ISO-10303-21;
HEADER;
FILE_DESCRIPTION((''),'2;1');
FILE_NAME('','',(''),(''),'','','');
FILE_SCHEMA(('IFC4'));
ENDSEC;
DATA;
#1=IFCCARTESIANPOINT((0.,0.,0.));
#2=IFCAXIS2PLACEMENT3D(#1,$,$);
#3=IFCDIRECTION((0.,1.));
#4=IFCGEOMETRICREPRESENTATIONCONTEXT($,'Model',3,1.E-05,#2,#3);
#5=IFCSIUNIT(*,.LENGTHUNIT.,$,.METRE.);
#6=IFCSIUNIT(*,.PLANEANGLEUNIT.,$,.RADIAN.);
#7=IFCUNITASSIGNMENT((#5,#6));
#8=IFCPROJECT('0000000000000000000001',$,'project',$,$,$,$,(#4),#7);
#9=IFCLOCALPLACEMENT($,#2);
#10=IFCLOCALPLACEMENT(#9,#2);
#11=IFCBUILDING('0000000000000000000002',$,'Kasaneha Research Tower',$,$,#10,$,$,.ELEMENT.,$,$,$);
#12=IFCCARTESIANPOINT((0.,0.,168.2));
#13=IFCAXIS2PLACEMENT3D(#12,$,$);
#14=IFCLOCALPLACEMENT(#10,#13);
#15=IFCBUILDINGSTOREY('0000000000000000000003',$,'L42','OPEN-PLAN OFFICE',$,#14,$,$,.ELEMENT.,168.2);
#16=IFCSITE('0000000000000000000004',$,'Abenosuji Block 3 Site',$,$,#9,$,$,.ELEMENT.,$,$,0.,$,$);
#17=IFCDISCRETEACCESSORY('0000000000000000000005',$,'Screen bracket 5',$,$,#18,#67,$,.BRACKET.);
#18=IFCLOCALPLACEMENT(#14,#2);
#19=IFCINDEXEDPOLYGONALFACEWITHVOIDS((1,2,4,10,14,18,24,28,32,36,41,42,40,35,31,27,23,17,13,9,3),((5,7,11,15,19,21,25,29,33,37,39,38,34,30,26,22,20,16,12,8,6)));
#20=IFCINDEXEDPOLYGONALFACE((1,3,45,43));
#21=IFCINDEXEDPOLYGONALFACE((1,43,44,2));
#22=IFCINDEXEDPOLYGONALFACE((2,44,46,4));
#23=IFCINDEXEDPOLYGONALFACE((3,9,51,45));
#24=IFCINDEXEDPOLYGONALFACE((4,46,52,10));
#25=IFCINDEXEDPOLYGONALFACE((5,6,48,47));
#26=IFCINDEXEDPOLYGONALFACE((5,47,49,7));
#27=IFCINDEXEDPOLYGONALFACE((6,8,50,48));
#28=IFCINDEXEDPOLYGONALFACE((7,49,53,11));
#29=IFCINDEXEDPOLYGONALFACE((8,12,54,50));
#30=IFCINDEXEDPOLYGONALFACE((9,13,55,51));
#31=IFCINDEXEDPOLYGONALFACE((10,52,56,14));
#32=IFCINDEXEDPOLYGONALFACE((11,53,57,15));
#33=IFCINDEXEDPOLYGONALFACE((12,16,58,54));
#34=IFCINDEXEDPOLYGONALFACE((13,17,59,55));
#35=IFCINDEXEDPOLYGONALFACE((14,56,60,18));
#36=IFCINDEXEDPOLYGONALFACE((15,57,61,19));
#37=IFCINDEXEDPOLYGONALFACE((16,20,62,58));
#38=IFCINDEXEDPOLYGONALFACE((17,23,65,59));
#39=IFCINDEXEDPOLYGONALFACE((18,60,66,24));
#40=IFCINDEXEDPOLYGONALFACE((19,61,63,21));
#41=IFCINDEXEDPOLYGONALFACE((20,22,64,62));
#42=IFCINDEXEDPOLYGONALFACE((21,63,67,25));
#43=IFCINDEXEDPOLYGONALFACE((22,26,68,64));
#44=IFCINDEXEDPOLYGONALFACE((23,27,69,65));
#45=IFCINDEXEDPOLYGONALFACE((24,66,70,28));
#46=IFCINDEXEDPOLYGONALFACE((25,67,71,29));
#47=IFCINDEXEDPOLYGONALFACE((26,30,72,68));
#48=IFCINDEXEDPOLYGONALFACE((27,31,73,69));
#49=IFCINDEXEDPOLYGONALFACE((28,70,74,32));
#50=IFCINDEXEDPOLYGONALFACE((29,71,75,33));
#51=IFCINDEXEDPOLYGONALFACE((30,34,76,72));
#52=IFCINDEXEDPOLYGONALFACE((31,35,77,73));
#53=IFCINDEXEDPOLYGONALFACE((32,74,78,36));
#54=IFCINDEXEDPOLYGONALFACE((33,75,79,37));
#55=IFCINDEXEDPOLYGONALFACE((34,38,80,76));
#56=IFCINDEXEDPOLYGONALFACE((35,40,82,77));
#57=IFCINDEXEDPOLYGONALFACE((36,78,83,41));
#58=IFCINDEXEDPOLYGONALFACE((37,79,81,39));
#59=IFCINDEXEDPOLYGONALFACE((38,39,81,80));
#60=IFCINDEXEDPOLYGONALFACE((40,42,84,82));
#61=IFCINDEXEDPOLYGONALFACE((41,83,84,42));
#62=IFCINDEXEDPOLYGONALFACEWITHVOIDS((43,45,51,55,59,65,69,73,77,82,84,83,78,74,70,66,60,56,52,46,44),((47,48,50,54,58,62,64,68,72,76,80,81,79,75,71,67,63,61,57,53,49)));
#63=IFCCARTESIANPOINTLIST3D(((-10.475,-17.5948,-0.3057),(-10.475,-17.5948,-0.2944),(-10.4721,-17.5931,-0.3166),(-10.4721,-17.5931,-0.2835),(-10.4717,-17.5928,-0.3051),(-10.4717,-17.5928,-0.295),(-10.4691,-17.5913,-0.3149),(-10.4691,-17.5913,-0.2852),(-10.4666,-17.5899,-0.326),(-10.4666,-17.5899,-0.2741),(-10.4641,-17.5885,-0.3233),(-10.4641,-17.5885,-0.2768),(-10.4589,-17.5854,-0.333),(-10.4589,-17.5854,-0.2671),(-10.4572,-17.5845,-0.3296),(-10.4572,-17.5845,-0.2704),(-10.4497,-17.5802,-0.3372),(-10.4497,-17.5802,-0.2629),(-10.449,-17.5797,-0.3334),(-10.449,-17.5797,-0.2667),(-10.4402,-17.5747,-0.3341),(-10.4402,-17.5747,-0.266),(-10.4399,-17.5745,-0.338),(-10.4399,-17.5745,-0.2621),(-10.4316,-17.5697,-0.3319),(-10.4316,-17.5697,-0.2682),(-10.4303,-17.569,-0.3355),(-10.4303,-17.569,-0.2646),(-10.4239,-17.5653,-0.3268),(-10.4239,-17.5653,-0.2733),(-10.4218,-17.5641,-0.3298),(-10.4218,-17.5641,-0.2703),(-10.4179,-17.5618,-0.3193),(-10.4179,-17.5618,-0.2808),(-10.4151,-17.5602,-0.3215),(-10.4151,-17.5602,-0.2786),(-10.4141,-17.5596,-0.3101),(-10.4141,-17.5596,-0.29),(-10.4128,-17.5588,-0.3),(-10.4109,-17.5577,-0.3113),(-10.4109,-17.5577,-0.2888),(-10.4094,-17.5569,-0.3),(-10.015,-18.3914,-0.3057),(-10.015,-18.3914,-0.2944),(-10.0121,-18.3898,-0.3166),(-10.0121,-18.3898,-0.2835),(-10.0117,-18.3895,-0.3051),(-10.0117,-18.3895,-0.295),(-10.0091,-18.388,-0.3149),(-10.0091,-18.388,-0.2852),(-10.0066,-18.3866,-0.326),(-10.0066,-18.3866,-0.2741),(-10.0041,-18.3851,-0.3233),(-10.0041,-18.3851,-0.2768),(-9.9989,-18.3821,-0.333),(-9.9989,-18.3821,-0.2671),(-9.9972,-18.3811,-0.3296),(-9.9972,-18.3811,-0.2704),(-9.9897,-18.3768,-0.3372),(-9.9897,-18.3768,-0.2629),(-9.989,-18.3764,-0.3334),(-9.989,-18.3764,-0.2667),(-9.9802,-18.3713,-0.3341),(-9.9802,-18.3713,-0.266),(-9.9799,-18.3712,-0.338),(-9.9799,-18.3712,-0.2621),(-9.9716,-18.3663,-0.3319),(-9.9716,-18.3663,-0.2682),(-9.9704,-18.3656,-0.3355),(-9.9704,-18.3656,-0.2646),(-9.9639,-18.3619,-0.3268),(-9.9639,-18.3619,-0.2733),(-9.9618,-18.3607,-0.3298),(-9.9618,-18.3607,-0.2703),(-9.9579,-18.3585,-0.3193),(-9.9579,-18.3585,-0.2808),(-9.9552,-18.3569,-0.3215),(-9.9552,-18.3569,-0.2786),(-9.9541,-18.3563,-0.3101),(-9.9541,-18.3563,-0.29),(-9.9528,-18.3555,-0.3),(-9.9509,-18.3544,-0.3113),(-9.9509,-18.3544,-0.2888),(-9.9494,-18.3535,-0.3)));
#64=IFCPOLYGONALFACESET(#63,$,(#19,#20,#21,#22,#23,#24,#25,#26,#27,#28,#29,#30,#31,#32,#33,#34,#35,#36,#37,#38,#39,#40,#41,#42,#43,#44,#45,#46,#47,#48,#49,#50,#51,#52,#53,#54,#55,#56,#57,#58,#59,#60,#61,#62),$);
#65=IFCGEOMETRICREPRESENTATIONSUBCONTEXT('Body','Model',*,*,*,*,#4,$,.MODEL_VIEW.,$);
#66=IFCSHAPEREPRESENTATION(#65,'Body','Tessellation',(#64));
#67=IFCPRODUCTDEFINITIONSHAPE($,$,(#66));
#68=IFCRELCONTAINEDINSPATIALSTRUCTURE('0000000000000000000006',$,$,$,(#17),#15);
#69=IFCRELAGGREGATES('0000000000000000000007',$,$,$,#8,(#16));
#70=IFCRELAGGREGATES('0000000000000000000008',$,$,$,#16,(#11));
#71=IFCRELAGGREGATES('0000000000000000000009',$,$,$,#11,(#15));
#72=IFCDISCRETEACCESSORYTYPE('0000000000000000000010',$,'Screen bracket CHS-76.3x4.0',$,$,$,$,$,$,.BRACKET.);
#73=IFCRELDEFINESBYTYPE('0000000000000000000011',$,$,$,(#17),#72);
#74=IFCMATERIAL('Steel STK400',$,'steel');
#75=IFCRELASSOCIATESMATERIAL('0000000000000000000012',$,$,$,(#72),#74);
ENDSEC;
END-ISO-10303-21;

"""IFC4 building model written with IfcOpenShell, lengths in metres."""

from ifc_helpers import new_model, si_unit, direction, frame, origin, origin_2d, place, context, subcontext, project, spatial, hollow_circle, extrude, material, material_profile, profile_set, type_object, element, save


model = new_model("IFC4")

# Units and contexts
model_context = context("Model", 3, precision=1e-05, world=origin(), true_north=direction((0.0, 1.0)))
body_context = subcontext(model_context, "Body", "Model", "MODEL_VIEW")
ifc_project = project(units=[si_unit("LENGTHUNIT", "METRE"), si_unit("PLANEANGLEUNIT", "RADIAN")], contexts=[model_context])

# Site, building, storey
site_placement = place(None, origin())
site = spatial("IfcSite", under=ifc_project, at=site_placement, Name="Abenosuji Block 3 Site", CompositionType="ELEMENT", RefElevation=0.0)
building_placement = place(site_placement, origin())
building = spatial("IfcBuilding", under=site, at=building_placement, Name="Kasaneha Research Tower", CompositionType="ELEMENT")
storey_placement = place(building_placement, frame((0.0, 0.0, 168.2)))
storey = spatial("IfcBuildingStorey", under=building, at=storey_placement, Name="L42", Description="OPEN-PLAN OFFICE", CompositionType="ELEMENT", Elevation=168.2)

# Discrete accessory
ifc_material_1 = material(Name="Steel STK400", Category="steel")
ifc_material_profile_1 = material_profile(ifc_material_1, hollow_circle(Radius=0.0381, WallThickness=0.0039, at=origin_2d()), Name="CHS-76.3x4.0")
ifc_profile_set_1 = profile_set([ifc_material_profile_1], Name="Steel STK400")
discrete_accessory_type = type_object("IfcDiscreteAccessoryType", Name="Screen bracket CHS-76.3x4.0", PredefinedType="BRACKET", material=ifc_profile_set_1)
discrete_accessory_1_placement = place(storey_placement, frame((-10.4424, -17.5759, -0.3), z_axis=(0.500021, -0.866013, 0.0), x_axis=(0.866013, 0.500021, 0.0)))
element("IfcDiscreteAccessory", 1, at=discrete_accessory_1_placement, inside=storey, type_object=discrete_accessory_type, Name="Screen bracket 5", PredefinedType="BRACKET", context=body_context, shape_type="SweptSolid", body=[
    extrude(hollow_circle(Radius=0.0381, WallThickness=0.0039, at=origin_2d()), origin(), (0.0, 0.0, 1.0), 0.9199),
])

save(model, "model.ifc")
